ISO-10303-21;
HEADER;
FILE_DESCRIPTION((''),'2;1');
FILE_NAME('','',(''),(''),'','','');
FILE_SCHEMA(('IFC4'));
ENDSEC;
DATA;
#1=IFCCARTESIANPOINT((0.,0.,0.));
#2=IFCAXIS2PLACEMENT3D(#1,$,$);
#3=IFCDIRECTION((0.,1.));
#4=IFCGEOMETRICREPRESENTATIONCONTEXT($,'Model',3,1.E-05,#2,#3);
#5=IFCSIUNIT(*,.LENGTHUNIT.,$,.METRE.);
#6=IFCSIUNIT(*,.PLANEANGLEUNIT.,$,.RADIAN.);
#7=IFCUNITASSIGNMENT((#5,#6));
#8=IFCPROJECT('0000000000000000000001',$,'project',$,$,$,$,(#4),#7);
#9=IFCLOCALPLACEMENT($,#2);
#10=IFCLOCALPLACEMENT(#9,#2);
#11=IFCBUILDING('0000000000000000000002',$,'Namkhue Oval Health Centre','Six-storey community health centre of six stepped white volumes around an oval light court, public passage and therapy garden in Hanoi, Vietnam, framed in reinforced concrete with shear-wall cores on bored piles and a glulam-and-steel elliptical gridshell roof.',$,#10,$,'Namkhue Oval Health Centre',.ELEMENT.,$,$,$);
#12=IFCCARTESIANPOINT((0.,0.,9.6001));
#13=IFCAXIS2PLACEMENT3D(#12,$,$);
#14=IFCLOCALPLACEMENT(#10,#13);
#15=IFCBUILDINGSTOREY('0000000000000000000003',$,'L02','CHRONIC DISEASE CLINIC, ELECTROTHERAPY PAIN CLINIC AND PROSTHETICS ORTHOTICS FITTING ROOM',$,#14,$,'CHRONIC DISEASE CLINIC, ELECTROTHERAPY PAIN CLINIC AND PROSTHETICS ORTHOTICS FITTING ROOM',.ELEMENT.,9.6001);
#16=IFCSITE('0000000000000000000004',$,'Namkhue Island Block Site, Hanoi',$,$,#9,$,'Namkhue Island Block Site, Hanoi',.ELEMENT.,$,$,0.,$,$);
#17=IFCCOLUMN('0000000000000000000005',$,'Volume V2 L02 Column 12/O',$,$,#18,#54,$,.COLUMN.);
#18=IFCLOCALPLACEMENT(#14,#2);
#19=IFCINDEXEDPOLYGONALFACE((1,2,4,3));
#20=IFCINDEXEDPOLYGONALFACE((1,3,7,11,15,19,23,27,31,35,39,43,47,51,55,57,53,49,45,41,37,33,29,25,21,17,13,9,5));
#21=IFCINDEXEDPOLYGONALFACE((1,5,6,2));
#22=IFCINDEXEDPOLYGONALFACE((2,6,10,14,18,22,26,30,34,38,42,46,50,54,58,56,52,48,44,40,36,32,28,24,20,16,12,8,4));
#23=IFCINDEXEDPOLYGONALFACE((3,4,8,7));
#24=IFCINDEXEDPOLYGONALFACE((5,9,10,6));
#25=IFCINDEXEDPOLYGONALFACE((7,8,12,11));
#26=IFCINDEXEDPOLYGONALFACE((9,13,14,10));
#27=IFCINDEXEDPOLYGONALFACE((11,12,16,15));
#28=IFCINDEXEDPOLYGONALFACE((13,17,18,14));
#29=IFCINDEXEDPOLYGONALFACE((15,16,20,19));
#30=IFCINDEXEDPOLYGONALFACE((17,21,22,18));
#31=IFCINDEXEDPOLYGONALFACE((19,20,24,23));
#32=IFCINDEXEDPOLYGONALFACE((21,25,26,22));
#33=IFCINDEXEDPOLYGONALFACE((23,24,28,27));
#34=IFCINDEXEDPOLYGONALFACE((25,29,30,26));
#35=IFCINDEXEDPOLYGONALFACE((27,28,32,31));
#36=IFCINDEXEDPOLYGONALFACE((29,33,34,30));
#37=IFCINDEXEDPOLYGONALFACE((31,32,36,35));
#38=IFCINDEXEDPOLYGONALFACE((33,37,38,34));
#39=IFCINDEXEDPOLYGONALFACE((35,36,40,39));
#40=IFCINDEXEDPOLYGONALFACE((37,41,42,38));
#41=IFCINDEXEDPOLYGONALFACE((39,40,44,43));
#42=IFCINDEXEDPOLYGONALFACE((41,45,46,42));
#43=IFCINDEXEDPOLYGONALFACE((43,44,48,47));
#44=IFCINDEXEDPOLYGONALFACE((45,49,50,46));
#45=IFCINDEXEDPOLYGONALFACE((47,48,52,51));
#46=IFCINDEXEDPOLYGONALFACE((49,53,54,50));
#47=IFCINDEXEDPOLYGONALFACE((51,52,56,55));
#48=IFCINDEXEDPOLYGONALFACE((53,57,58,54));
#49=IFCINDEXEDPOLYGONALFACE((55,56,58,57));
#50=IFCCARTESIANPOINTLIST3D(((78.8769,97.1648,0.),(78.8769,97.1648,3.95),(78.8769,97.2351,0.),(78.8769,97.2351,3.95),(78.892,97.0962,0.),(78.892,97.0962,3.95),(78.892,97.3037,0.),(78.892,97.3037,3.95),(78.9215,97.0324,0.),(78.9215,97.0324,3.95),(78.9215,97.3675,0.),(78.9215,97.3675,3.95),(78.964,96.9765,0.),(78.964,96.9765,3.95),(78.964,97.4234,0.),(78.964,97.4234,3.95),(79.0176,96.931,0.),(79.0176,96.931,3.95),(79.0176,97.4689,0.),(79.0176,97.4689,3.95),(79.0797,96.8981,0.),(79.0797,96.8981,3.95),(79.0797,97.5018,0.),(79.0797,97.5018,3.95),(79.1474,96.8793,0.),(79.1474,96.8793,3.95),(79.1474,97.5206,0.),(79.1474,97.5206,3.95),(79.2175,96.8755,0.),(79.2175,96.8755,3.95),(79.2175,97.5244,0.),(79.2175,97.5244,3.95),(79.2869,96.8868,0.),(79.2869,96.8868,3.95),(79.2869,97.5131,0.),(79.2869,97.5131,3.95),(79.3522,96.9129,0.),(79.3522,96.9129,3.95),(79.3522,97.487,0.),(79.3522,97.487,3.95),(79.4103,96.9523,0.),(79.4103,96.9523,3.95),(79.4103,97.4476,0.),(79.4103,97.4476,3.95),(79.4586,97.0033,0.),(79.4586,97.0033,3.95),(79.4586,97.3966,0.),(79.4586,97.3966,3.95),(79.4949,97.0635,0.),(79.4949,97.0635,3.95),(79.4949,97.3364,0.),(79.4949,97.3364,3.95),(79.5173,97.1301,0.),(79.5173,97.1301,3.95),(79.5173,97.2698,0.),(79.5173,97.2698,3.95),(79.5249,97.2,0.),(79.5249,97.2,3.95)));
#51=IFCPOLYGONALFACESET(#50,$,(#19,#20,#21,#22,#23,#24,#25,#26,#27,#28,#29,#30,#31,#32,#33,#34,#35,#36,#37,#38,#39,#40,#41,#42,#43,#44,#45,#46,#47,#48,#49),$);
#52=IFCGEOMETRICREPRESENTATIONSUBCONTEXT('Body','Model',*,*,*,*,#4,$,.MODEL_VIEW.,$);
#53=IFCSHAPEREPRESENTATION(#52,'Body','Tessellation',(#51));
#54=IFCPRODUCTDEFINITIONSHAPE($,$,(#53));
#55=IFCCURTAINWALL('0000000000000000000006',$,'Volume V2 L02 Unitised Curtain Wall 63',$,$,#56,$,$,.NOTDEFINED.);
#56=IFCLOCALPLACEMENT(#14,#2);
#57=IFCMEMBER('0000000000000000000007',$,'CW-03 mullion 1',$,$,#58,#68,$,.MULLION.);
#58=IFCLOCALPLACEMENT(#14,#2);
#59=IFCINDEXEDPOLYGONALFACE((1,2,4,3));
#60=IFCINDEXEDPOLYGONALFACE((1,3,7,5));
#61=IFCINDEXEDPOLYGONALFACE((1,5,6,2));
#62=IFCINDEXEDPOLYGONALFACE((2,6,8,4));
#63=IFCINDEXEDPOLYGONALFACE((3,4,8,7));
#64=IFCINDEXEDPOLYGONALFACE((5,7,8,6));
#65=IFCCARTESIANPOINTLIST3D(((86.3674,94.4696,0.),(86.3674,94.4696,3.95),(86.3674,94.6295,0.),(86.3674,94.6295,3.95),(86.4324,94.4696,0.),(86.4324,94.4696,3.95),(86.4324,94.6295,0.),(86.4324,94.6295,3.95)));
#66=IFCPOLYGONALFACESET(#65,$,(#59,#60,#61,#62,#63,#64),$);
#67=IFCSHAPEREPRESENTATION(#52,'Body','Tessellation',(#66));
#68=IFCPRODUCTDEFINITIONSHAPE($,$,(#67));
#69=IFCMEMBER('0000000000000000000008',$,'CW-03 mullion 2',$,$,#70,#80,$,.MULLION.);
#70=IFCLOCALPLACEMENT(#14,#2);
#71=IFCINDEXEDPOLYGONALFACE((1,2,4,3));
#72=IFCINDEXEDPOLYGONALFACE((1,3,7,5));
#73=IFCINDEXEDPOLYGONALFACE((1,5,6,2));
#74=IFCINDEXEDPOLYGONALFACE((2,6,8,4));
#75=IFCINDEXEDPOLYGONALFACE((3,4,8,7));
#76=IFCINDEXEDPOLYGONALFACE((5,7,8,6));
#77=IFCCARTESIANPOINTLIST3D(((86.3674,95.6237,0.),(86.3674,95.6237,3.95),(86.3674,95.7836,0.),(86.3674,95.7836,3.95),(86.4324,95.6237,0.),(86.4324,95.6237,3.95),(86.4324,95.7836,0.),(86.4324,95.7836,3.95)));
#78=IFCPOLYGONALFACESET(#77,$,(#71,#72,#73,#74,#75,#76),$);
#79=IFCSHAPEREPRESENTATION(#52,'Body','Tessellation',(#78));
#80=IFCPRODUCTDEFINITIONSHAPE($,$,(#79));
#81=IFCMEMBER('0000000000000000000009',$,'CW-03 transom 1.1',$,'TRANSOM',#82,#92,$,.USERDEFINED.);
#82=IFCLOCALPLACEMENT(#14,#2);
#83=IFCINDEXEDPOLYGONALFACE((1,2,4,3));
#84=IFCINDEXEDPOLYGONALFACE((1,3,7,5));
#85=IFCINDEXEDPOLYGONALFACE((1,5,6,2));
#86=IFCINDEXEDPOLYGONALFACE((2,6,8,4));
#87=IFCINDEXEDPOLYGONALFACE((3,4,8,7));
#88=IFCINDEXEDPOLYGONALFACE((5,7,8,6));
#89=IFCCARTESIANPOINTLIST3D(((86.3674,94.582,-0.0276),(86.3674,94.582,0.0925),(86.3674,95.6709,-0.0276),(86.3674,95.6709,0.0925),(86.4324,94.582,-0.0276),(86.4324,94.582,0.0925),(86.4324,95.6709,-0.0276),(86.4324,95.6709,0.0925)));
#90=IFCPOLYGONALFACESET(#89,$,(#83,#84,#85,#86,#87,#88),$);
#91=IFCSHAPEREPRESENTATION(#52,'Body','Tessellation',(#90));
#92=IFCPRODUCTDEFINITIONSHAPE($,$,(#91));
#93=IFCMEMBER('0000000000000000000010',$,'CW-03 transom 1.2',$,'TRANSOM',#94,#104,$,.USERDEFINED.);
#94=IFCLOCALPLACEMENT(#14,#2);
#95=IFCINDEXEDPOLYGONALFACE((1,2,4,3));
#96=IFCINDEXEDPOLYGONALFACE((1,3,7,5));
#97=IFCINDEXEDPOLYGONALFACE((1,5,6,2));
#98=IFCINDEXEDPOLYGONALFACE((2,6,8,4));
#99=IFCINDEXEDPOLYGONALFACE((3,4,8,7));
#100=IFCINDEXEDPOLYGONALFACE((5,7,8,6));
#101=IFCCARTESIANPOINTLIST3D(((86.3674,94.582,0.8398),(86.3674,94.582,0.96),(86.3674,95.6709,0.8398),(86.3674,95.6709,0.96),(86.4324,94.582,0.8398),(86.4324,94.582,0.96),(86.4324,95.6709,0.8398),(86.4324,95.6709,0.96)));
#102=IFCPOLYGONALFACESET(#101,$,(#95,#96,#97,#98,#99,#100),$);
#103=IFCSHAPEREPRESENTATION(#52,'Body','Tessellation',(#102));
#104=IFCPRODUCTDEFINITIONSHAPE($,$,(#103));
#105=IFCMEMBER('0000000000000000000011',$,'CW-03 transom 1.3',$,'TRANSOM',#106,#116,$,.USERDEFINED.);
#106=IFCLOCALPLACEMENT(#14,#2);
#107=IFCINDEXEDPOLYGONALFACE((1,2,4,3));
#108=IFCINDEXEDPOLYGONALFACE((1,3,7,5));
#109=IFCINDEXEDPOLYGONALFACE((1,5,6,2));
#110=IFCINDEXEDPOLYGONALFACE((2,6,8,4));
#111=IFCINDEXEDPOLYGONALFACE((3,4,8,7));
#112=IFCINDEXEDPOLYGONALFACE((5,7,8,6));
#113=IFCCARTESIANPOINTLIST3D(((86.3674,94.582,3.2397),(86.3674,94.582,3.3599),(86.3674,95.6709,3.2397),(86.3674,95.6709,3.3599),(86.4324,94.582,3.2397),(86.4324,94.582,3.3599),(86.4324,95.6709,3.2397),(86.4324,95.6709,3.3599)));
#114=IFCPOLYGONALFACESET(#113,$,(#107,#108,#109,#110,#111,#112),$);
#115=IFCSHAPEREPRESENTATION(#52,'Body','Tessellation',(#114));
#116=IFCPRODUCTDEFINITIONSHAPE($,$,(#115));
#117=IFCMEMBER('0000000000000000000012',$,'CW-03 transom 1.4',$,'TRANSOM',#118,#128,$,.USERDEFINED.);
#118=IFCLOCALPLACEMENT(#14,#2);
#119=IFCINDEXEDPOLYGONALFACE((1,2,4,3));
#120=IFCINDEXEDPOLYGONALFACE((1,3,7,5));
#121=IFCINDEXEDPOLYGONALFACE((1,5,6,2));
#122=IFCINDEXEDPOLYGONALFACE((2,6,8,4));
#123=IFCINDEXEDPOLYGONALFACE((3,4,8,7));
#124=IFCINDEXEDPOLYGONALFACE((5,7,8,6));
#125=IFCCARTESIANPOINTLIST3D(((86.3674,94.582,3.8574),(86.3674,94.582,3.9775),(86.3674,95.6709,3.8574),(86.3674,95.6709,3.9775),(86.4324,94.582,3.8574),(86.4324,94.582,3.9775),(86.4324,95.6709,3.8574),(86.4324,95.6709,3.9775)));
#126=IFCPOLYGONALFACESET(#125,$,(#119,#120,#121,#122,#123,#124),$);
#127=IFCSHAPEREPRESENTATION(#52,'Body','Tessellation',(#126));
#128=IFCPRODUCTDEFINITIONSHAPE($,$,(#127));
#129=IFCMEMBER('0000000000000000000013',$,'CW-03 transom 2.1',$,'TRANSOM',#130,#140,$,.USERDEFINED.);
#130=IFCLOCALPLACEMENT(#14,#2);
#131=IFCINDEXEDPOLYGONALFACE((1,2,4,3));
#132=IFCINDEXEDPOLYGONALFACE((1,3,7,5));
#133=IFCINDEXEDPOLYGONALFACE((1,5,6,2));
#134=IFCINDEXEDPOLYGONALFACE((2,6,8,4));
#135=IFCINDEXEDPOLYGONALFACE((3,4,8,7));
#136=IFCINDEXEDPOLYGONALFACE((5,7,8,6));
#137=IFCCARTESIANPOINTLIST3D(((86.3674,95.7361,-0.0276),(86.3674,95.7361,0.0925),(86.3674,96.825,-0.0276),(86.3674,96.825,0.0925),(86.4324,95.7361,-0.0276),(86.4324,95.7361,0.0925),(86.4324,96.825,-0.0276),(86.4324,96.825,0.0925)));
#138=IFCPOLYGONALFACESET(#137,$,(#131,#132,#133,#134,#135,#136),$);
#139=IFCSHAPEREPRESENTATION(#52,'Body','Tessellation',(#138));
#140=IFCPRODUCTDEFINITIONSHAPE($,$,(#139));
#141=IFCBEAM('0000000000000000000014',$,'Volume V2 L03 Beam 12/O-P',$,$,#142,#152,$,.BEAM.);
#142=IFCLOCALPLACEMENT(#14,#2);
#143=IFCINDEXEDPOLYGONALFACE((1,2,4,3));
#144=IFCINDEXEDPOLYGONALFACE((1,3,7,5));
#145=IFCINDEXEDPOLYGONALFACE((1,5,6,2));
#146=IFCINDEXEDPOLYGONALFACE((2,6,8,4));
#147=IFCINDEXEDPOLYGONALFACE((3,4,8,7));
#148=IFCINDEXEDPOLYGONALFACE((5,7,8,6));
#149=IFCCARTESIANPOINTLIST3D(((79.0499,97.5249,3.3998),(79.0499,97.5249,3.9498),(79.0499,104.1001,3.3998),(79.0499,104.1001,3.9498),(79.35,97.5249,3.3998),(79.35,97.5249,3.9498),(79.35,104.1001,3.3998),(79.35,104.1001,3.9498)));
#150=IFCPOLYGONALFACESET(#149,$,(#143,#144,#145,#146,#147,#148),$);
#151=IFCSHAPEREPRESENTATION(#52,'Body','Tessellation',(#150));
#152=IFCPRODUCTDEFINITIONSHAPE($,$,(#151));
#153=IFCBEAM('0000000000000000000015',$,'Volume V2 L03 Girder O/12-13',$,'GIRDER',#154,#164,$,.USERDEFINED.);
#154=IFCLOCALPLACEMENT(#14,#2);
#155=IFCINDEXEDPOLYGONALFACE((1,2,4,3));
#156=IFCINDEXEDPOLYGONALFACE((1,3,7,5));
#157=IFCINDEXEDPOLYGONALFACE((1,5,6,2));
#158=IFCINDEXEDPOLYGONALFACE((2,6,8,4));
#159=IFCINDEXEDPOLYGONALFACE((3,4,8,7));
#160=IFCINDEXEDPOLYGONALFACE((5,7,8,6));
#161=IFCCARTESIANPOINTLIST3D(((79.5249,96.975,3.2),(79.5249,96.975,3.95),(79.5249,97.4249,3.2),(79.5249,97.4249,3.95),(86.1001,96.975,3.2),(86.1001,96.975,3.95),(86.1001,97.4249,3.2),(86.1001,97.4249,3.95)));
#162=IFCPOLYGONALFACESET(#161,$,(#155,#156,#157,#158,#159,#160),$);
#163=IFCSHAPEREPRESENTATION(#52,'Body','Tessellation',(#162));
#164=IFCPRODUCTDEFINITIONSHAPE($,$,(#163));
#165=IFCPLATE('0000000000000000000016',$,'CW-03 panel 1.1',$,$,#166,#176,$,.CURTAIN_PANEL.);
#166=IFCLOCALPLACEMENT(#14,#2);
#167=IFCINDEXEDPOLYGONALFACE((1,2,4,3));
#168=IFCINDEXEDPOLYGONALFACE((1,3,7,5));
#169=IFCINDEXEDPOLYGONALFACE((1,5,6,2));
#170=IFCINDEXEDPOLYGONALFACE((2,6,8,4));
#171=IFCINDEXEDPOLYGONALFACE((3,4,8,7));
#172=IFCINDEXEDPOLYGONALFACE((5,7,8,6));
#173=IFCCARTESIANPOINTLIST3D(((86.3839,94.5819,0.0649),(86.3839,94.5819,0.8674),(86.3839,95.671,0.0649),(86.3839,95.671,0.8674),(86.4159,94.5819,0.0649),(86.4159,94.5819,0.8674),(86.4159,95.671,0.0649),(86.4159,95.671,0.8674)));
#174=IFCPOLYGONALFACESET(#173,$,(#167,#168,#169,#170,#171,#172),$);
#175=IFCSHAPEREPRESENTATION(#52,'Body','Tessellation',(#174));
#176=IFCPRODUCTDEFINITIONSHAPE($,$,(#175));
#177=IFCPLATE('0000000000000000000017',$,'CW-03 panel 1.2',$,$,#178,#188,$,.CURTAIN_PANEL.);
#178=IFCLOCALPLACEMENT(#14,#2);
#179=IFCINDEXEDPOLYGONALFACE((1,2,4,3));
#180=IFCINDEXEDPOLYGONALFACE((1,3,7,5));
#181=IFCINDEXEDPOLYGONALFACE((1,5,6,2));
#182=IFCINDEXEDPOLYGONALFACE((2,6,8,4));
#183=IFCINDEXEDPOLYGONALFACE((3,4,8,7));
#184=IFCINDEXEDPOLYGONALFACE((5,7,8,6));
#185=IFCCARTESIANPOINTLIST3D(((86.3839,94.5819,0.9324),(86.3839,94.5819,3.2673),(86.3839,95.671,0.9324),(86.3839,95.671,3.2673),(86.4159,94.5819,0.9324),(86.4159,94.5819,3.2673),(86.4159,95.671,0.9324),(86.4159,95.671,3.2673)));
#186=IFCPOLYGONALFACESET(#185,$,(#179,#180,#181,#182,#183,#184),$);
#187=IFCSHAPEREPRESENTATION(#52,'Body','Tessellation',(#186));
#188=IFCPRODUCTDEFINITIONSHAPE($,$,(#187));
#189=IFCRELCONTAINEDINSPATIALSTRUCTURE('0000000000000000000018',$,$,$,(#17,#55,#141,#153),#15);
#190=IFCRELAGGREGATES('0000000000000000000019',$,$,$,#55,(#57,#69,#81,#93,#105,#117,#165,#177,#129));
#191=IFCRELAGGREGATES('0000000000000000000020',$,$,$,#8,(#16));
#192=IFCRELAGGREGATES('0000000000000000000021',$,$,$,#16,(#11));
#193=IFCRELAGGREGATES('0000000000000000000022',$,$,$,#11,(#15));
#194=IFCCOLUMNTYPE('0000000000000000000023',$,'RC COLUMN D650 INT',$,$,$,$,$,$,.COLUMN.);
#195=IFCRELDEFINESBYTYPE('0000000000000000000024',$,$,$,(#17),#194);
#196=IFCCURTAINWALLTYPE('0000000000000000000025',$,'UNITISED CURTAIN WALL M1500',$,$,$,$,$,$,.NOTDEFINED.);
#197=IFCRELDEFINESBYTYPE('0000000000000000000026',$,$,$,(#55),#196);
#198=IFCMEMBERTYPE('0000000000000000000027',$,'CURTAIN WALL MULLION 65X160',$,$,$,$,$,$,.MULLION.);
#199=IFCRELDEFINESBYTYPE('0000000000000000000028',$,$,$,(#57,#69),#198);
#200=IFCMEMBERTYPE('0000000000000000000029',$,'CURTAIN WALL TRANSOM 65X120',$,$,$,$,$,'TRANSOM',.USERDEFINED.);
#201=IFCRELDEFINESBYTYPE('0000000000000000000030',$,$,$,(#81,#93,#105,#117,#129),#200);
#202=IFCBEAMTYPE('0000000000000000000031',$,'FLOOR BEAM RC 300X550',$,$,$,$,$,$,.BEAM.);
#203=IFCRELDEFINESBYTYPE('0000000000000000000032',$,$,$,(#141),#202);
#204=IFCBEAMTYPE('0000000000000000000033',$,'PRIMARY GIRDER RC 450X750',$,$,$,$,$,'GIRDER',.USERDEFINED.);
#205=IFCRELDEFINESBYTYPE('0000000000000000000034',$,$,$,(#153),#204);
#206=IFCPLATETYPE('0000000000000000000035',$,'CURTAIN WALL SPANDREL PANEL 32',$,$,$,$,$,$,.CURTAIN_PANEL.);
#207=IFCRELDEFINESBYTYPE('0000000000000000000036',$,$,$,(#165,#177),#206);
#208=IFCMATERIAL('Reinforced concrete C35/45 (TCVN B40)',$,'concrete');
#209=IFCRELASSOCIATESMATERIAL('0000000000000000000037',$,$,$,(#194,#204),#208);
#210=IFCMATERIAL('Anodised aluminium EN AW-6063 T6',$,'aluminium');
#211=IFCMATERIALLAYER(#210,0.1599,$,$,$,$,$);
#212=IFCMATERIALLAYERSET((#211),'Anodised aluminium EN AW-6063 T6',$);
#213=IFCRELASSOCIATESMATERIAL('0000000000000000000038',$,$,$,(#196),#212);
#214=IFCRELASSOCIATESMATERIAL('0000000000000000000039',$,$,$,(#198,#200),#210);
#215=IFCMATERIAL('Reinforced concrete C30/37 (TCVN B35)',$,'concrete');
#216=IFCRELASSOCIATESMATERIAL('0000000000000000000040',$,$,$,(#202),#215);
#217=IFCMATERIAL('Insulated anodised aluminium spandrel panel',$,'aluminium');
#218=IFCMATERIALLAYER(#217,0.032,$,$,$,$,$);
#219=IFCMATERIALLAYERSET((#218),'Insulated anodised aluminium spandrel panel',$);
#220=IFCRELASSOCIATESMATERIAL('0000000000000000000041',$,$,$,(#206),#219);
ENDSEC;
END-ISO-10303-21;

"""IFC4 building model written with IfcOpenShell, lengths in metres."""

from ifc_helpers import new_model, si_unit, direction, frame, origin, origin_2d, place, context, subcontext, project, spatial, rectangle, circle, extrude, material, layer, layer_set, material_profile, profile_set, type_object, element, aggregate, save


model = new_model("IFC4")

# Units and contexts
model_context = context("Model", 3, precision=1e-05, world=origin(), true_north=direction((0.0, 1.0)))
body_context = subcontext(model_context, "Body", "Model", "MODEL_VIEW")
ifc_project = project(units=[si_unit("LENGTHUNIT", "METRE"), si_unit("PLANEANGLEUNIT", "RADIAN")], contexts=[model_context])

# Site, building, storey
site_placement = place(None, origin())
site = spatial("IfcSite", under=ifc_project, at=site_placement, Name="Namkhue Island Block Site, Hanoi", LongName="Namkhue Island Block Site, Hanoi", CompositionType="ELEMENT", RefElevation=0.0)
building_placement = place(site_placement, origin())
building = spatial("IfcBuilding", under=site, at=building_placement, Name="Namkhue Oval Health Centre", Description="Six-storey community health centre of six stepped white volumes around an oval light court, public passage and therapy garden in Hanoi, Vietnam, framed in reinforced concrete with shear-wall cores on bored piles and a glulam-and-steel elliptical gridshell roof.", LongName="Namkhue Oval Health Centre", CompositionType="ELEMENT")
storey_placement = place(building_placement, frame((0.0, 0.0, 9.6001)))
storey = spatial("IfcBuildingStorey", under=building, at=storey_placement, Name="L02", Description="CHRONIC DISEASE CLINIC, ELECTROTHERAPY PAIN CLINIC AND PROSTHETICS ORTHOTICS FITTING ROOM", LongName="CHRONIC DISEASE CLINIC, ELECTROTHERAPY PAIN CLINIC AND PROSTHETICS ORTHOTICS FITTING ROOM", CompositionType="ELEMENT", Elevation=9.6001)

# Column
ifc_material_1 = material(Name="Reinforced concrete C35/45 (TCVN B40)", Category="concrete")
ifc_material_profile_1 = material_profile(ifc_material_1, circle(Radius=0.325, at=origin_2d()), Name="RC D650")
ifc_profile_set_1 = profile_set([ifc_material_profile_1], Name="Reinforced concrete C35/45 (TCVN B40)")
column_type = type_object("IfcColumnType", Name="RC COLUMN D650 INT", PredefinedType="COLUMN", material=ifc_profile_set_1)
column_placement = place(storey_placement, frame((79.2, 97.2, 0.0), z_axis=(0.0, 0.0, 1.0), x_axis=(1.0, 0.0, 0.0)))
element("IfcColumn", 1, at=column_placement, inside=storey, type_object=column_type, Name="Volume V2 L02 Column 12/O", PredefinedType="COLUMN", context=body_context, shape_type="SweptSolid", body=[
    extrude(circle(Radius=0.325, at=origin_2d()), origin(), (0.0, 0.0, 1.0), 3.95),
])

# Curtain wall, members
ifc_material_2 = material(Name="Anodised aluminium EN AW-6063 T6", Category="aluminium")
ifc_layer_1 = layer(ifc_material_2, 0.1599)
ifc_layer_set_1 = layer_set([ifc_layer_1], Name="Anodised aluminium EN AW-6063 T6")
curtain_wall_type = type_object("IfcCurtainWallType", Name="UNITISED CURTAIN WALL M1500", PredefinedType="NOTDEFINED", material=ifc_layer_set_1)
curtain_wall_placement = place(storey_placement, origin())
curtain_wall = element("IfcCurtainWall", 2, at=curtain_wall_placement, inside=storey, type_object=curtain_wall_type, Name="Volume V2 L02 Unitised Curtain Wall 63", PredefinedType="NOTDEFINED")
ifc_material_profile_2 = material_profile(ifc_material_2, rectangle(XDim=0.0649, YDim=0.1599, at=origin_2d()), Name="ALU 65x160")
ifc_profile_set_2 = profile_set([ifc_material_profile_2], Name="Anodised aluminium EN AW-6063 T6")
member_type_1 = type_object("IfcMemberType", Name="CURTAIN WALL MULLION 65X160", PredefinedType="MULLION", material=ifc_profile_set_2)
member_1_placement = place(storey_placement, frame((86.3999, 94.5496, 0.0), z_axis=(0.0, 0.0, 1.0), x_axis=(-1.0, 0.0, 0.0)))
member_1 = element("IfcMember", 3, at=member_1_placement, type_object=member_type_1, Name="CW-03 mullion 1", PredefinedType="MULLION", context=body_context, shape_type="SweptSolid", body=[
    extrude(rectangle(XDim=0.0649, YDim=0.1599, at=origin_2d()), origin(), (0.0, 0.0, 1.0), 3.95),
])
member_2_placement = place(storey_placement, frame((86.3999, 95.7036, 0.0), z_axis=(0.0, 0.0, 1.0), x_axis=(-1.0, 0.0, 0.0)))
member_2 = element("IfcMember", 4, at=member_2_placement, type_object=member_type_1, Name="CW-03 mullion 2", PredefinedType="MULLION", context=body_context, shape_type="SweptSolid", body=[
    extrude(rectangle(XDim=0.0649, YDim=0.1599, at=origin_2d()), origin(), (0.0, 0.0, 1.0), 3.95),
])
ifc_material_profile_3 = material_profile(ifc_material_2, rectangle(XDim=0.0649, YDim=0.1201, at=origin_2d()), Name="ALU 65x120")
ifc_profile_set_3 = profile_set([ifc_material_profile_3], Name="Anodised aluminium EN AW-6063 T6")
member_type_2 = type_object("IfcMemberType", Name="CURTAIN WALL TRANSOM 65X120", ElementType="TRANSOM", PredefinedType="USERDEFINED", material=ifc_profile_set_3)
member_3_placement = place(storey_placement, frame((86.3999, 94.582, 0.0325), z_axis=(0.0, 1.0, 0.0), x_axis=(-1.0, 0.0, 0.0)))
member_3 = element("IfcMember", 5, at=member_3_placement, type_object=member_type_2, Name="CW-03 transom 1.1", ObjectType="TRANSOM", PredefinedType="USERDEFINED", context=body_context, shape_type="SweptSolid", body=[
    extrude(rectangle(XDim=0.0649, YDim=0.1201, at=origin_2d()), origin(), (0.0, 0.0, 1.0), 1.0889),
])
member_4_placement = place(storey_placement, frame((86.3999, 94.582, 0.8999), z_axis=(0.0, 1.0, 0.0), x_axis=(-1.0, 0.0, 0.0)))
member_4 = element("IfcMember", 6, at=member_4_placement, type_object=member_type_2, Name="CW-03 transom 1.2", ObjectType="TRANSOM", PredefinedType="USERDEFINED", context=body_context, shape_type="SweptSolid", body=[
    extrude(rectangle(XDim=0.0649, YDim=0.1201, at=origin_2d()), origin(), (0.0, 0.0, 1.0), 1.0889),
])
member_5_placement = place(storey_placement, frame((86.3999, 94.582, 3.2998), z_axis=(0.0, 1.0, 0.0), x_axis=(-1.0, 0.0, 0.0)))
member_5 = element("IfcMember", 7, at=member_5_placement, type_object=member_type_2, Name="CW-03 transom 1.3", ObjectType="TRANSOM", PredefinedType="USERDEFINED", context=body_context, shape_type="SweptSolid", body=[
    extrude(rectangle(XDim=0.0649, YDim=0.1201, at=origin_2d()), origin(), (0.0, 0.0, 1.0), 1.0889),
])
member_6_placement = place(storey_placement, frame((86.3999, 94.582, 3.9175), z_axis=(0.0, 1.0, 0.0), x_axis=(-1.0, 0.0, 0.0)))
member_6 = element("IfcMember", 8, at=member_6_placement, type_object=member_type_2, Name="CW-03 transom 1.4", ObjectType="TRANSOM", PredefinedType="USERDEFINED", context=body_context, shape_type="SweptSolid", body=[
    extrude(rectangle(XDim=0.0649, YDim=0.1201, at=origin_2d()), origin(), (0.0, 0.0, 1.0), 1.0889),
])
member_7_placement = place(storey_placement, frame((86.3999, 95.7361, 0.0325), z_axis=(0.0, 1.0, 0.0), x_axis=(-1.0, 0.0, 0.0)))
member_7 = element("IfcMember", 9, at=member_7_placement, type_object=member_type_2, Name="CW-03 transom 2.1", ObjectType="TRANSOM", PredefinedType="USERDEFINED", context=body_context, shape_type="SweptSolid", body=[
    extrude(rectangle(XDim=0.0649, YDim=0.1201, at=origin_2d()), origin(), (0.0, 0.0, 1.0), 1.0889),
])

# Beams
ifc_material_3 = material(Name="Reinforced concrete C30/37 (TCVN B35)", Category="concrete")
ifc_material_profile_4 = material_profile(ifc_material_3, rectangle(XDim=0.3, YDim=0.55, at=origin_2d()), Name="RC 300x550")
ifc_profile_set_4 = profile_set([ifc_material_profile_4], Name="Reinforced concrete C30/37 (TCVN B35)")
beam_type_1 = type_object("IfcBeamType", Name="FLOOR BEAM RC 300X550", PredefinedType="BEAM", material=ifc_profile_set_4)
beam_1_placement = place(storey_placement, frame((79.2, 97.5249, 3.6748), z_axis=(0.0, 1.0, 0.0), x_axis=(-1.0, 0.0, 0.0)))
element("IfcBeam", 10, at=beam_1_placement, inside=storey, type_object=beam_type_1, Name="Volume V2 L03 Beam 12/O-P", PredefinedType="BEAM", context=body_context, shape_type="SweptSolid", body=[
    extrude(rectangle(XDim=0.3, YDim=0.55, at=origin_2d()), origin(), (0.0, 0.0, 1.0), 6.5752),
])
ifc_material_profile_5 = material_profile(ifc_material_1, rectangle(XDim=0.45, YDim=0.75, at=origin_2d()), Name="RC 450x750")
ifc_profile_set_5 = profile_set([ifc_material_profile_5], Name="Reinforced concrete C35/45 (TCVN B40)")
beam_type_2 = type_object("IfcBeamType", Name="PRIMARY GIRDER RC 450X750", ElementType="GIRDER", PredefinedType="USERDEFINED", material=ifc_profile_set_5)
beam_2_placement = place(storey_placement, frame((79.5249, 97.2, 3.575), z_axis=(1.0, 0.0, 0.0), x_axis=(0.0, 1.0, 0.0)))
element("IfcBeam", 11, at=beam_2_placement, inside=storey, type_object=beam_type_2, Name="Volume V2 L03 Girder O/12-13", ObjectType="GIRDER", PredefinedType="USERDEFINED", context=body_context, shape_type="SweptSolid", body=[
    extrude(rectangle(XDim=0.45, YDim=0.75, at=origin_2d()), origin(), (0.0, 0.0, 1.0), 6.5752),
])

# Plates
ifc_material_4 = material(Name="Insulated anodised aluminium spandrel panel", Category="aluminium")
ifc_layer_2 = layer(ifc_material_4, 0.032)
ifc_layer_set_2 = layer_set([ifc_layer_2], Name="Insulated anodised aluminium spandrel panel")
plate_type = type_object("IfcPlateType", Name="CURTAIN WALL SPANDREL PANEL 32", PredefinedType="CURTAIN_PANEL", material=ifc_layer_set_2)
plate_1_placement = place(storey_placement, frame((86.3999, 95.1265, 0.0649), z_axis=(0.0, 0.0, 1.0), x_axis=(0.0, 1.0, 0.0)))
plate_1 = element("IfcPlate", 12, at=plate_1_placement, type_object=plate_type, Name="CW-03 panel 1.1", PredefinedType="CURTAIN_PANEL", context=body_context, shape_type="SweptSolid", body=[
    extrude(rectangle(XDim=1.0891, YDim=0.032, at=origin_2d()), origin(), (0.0, 0.0, 1.0), 0.8025),
])
plate_2_placement = place(storey_placement, frame((86.3999, 95.1265, 0.9324), z_axis=(0.0, 0.0, 1.0), x_axis=(0.0, 1.0, 0.0)))
plate_2 = element("IfcPlate", 13, at=plate_2_placement, type_object=plate_type, Name="CW-03 panel 1.2", PredefinedType="CURTAIN_PANEL", context=body_context, shape_type="SweptSolid", body=[
    extrude(rectangle(XDim=1.0891, YDim=0.032, at=origin_2d()), origin(), (0.0, 0.0, 1.0), 2.335),
])
aggregate(curtain_wall, [member_1, member_2, member_3, member_4, member_5, member_6, plate_1, plate_2, member_7])

save(model, "model.ifc")
